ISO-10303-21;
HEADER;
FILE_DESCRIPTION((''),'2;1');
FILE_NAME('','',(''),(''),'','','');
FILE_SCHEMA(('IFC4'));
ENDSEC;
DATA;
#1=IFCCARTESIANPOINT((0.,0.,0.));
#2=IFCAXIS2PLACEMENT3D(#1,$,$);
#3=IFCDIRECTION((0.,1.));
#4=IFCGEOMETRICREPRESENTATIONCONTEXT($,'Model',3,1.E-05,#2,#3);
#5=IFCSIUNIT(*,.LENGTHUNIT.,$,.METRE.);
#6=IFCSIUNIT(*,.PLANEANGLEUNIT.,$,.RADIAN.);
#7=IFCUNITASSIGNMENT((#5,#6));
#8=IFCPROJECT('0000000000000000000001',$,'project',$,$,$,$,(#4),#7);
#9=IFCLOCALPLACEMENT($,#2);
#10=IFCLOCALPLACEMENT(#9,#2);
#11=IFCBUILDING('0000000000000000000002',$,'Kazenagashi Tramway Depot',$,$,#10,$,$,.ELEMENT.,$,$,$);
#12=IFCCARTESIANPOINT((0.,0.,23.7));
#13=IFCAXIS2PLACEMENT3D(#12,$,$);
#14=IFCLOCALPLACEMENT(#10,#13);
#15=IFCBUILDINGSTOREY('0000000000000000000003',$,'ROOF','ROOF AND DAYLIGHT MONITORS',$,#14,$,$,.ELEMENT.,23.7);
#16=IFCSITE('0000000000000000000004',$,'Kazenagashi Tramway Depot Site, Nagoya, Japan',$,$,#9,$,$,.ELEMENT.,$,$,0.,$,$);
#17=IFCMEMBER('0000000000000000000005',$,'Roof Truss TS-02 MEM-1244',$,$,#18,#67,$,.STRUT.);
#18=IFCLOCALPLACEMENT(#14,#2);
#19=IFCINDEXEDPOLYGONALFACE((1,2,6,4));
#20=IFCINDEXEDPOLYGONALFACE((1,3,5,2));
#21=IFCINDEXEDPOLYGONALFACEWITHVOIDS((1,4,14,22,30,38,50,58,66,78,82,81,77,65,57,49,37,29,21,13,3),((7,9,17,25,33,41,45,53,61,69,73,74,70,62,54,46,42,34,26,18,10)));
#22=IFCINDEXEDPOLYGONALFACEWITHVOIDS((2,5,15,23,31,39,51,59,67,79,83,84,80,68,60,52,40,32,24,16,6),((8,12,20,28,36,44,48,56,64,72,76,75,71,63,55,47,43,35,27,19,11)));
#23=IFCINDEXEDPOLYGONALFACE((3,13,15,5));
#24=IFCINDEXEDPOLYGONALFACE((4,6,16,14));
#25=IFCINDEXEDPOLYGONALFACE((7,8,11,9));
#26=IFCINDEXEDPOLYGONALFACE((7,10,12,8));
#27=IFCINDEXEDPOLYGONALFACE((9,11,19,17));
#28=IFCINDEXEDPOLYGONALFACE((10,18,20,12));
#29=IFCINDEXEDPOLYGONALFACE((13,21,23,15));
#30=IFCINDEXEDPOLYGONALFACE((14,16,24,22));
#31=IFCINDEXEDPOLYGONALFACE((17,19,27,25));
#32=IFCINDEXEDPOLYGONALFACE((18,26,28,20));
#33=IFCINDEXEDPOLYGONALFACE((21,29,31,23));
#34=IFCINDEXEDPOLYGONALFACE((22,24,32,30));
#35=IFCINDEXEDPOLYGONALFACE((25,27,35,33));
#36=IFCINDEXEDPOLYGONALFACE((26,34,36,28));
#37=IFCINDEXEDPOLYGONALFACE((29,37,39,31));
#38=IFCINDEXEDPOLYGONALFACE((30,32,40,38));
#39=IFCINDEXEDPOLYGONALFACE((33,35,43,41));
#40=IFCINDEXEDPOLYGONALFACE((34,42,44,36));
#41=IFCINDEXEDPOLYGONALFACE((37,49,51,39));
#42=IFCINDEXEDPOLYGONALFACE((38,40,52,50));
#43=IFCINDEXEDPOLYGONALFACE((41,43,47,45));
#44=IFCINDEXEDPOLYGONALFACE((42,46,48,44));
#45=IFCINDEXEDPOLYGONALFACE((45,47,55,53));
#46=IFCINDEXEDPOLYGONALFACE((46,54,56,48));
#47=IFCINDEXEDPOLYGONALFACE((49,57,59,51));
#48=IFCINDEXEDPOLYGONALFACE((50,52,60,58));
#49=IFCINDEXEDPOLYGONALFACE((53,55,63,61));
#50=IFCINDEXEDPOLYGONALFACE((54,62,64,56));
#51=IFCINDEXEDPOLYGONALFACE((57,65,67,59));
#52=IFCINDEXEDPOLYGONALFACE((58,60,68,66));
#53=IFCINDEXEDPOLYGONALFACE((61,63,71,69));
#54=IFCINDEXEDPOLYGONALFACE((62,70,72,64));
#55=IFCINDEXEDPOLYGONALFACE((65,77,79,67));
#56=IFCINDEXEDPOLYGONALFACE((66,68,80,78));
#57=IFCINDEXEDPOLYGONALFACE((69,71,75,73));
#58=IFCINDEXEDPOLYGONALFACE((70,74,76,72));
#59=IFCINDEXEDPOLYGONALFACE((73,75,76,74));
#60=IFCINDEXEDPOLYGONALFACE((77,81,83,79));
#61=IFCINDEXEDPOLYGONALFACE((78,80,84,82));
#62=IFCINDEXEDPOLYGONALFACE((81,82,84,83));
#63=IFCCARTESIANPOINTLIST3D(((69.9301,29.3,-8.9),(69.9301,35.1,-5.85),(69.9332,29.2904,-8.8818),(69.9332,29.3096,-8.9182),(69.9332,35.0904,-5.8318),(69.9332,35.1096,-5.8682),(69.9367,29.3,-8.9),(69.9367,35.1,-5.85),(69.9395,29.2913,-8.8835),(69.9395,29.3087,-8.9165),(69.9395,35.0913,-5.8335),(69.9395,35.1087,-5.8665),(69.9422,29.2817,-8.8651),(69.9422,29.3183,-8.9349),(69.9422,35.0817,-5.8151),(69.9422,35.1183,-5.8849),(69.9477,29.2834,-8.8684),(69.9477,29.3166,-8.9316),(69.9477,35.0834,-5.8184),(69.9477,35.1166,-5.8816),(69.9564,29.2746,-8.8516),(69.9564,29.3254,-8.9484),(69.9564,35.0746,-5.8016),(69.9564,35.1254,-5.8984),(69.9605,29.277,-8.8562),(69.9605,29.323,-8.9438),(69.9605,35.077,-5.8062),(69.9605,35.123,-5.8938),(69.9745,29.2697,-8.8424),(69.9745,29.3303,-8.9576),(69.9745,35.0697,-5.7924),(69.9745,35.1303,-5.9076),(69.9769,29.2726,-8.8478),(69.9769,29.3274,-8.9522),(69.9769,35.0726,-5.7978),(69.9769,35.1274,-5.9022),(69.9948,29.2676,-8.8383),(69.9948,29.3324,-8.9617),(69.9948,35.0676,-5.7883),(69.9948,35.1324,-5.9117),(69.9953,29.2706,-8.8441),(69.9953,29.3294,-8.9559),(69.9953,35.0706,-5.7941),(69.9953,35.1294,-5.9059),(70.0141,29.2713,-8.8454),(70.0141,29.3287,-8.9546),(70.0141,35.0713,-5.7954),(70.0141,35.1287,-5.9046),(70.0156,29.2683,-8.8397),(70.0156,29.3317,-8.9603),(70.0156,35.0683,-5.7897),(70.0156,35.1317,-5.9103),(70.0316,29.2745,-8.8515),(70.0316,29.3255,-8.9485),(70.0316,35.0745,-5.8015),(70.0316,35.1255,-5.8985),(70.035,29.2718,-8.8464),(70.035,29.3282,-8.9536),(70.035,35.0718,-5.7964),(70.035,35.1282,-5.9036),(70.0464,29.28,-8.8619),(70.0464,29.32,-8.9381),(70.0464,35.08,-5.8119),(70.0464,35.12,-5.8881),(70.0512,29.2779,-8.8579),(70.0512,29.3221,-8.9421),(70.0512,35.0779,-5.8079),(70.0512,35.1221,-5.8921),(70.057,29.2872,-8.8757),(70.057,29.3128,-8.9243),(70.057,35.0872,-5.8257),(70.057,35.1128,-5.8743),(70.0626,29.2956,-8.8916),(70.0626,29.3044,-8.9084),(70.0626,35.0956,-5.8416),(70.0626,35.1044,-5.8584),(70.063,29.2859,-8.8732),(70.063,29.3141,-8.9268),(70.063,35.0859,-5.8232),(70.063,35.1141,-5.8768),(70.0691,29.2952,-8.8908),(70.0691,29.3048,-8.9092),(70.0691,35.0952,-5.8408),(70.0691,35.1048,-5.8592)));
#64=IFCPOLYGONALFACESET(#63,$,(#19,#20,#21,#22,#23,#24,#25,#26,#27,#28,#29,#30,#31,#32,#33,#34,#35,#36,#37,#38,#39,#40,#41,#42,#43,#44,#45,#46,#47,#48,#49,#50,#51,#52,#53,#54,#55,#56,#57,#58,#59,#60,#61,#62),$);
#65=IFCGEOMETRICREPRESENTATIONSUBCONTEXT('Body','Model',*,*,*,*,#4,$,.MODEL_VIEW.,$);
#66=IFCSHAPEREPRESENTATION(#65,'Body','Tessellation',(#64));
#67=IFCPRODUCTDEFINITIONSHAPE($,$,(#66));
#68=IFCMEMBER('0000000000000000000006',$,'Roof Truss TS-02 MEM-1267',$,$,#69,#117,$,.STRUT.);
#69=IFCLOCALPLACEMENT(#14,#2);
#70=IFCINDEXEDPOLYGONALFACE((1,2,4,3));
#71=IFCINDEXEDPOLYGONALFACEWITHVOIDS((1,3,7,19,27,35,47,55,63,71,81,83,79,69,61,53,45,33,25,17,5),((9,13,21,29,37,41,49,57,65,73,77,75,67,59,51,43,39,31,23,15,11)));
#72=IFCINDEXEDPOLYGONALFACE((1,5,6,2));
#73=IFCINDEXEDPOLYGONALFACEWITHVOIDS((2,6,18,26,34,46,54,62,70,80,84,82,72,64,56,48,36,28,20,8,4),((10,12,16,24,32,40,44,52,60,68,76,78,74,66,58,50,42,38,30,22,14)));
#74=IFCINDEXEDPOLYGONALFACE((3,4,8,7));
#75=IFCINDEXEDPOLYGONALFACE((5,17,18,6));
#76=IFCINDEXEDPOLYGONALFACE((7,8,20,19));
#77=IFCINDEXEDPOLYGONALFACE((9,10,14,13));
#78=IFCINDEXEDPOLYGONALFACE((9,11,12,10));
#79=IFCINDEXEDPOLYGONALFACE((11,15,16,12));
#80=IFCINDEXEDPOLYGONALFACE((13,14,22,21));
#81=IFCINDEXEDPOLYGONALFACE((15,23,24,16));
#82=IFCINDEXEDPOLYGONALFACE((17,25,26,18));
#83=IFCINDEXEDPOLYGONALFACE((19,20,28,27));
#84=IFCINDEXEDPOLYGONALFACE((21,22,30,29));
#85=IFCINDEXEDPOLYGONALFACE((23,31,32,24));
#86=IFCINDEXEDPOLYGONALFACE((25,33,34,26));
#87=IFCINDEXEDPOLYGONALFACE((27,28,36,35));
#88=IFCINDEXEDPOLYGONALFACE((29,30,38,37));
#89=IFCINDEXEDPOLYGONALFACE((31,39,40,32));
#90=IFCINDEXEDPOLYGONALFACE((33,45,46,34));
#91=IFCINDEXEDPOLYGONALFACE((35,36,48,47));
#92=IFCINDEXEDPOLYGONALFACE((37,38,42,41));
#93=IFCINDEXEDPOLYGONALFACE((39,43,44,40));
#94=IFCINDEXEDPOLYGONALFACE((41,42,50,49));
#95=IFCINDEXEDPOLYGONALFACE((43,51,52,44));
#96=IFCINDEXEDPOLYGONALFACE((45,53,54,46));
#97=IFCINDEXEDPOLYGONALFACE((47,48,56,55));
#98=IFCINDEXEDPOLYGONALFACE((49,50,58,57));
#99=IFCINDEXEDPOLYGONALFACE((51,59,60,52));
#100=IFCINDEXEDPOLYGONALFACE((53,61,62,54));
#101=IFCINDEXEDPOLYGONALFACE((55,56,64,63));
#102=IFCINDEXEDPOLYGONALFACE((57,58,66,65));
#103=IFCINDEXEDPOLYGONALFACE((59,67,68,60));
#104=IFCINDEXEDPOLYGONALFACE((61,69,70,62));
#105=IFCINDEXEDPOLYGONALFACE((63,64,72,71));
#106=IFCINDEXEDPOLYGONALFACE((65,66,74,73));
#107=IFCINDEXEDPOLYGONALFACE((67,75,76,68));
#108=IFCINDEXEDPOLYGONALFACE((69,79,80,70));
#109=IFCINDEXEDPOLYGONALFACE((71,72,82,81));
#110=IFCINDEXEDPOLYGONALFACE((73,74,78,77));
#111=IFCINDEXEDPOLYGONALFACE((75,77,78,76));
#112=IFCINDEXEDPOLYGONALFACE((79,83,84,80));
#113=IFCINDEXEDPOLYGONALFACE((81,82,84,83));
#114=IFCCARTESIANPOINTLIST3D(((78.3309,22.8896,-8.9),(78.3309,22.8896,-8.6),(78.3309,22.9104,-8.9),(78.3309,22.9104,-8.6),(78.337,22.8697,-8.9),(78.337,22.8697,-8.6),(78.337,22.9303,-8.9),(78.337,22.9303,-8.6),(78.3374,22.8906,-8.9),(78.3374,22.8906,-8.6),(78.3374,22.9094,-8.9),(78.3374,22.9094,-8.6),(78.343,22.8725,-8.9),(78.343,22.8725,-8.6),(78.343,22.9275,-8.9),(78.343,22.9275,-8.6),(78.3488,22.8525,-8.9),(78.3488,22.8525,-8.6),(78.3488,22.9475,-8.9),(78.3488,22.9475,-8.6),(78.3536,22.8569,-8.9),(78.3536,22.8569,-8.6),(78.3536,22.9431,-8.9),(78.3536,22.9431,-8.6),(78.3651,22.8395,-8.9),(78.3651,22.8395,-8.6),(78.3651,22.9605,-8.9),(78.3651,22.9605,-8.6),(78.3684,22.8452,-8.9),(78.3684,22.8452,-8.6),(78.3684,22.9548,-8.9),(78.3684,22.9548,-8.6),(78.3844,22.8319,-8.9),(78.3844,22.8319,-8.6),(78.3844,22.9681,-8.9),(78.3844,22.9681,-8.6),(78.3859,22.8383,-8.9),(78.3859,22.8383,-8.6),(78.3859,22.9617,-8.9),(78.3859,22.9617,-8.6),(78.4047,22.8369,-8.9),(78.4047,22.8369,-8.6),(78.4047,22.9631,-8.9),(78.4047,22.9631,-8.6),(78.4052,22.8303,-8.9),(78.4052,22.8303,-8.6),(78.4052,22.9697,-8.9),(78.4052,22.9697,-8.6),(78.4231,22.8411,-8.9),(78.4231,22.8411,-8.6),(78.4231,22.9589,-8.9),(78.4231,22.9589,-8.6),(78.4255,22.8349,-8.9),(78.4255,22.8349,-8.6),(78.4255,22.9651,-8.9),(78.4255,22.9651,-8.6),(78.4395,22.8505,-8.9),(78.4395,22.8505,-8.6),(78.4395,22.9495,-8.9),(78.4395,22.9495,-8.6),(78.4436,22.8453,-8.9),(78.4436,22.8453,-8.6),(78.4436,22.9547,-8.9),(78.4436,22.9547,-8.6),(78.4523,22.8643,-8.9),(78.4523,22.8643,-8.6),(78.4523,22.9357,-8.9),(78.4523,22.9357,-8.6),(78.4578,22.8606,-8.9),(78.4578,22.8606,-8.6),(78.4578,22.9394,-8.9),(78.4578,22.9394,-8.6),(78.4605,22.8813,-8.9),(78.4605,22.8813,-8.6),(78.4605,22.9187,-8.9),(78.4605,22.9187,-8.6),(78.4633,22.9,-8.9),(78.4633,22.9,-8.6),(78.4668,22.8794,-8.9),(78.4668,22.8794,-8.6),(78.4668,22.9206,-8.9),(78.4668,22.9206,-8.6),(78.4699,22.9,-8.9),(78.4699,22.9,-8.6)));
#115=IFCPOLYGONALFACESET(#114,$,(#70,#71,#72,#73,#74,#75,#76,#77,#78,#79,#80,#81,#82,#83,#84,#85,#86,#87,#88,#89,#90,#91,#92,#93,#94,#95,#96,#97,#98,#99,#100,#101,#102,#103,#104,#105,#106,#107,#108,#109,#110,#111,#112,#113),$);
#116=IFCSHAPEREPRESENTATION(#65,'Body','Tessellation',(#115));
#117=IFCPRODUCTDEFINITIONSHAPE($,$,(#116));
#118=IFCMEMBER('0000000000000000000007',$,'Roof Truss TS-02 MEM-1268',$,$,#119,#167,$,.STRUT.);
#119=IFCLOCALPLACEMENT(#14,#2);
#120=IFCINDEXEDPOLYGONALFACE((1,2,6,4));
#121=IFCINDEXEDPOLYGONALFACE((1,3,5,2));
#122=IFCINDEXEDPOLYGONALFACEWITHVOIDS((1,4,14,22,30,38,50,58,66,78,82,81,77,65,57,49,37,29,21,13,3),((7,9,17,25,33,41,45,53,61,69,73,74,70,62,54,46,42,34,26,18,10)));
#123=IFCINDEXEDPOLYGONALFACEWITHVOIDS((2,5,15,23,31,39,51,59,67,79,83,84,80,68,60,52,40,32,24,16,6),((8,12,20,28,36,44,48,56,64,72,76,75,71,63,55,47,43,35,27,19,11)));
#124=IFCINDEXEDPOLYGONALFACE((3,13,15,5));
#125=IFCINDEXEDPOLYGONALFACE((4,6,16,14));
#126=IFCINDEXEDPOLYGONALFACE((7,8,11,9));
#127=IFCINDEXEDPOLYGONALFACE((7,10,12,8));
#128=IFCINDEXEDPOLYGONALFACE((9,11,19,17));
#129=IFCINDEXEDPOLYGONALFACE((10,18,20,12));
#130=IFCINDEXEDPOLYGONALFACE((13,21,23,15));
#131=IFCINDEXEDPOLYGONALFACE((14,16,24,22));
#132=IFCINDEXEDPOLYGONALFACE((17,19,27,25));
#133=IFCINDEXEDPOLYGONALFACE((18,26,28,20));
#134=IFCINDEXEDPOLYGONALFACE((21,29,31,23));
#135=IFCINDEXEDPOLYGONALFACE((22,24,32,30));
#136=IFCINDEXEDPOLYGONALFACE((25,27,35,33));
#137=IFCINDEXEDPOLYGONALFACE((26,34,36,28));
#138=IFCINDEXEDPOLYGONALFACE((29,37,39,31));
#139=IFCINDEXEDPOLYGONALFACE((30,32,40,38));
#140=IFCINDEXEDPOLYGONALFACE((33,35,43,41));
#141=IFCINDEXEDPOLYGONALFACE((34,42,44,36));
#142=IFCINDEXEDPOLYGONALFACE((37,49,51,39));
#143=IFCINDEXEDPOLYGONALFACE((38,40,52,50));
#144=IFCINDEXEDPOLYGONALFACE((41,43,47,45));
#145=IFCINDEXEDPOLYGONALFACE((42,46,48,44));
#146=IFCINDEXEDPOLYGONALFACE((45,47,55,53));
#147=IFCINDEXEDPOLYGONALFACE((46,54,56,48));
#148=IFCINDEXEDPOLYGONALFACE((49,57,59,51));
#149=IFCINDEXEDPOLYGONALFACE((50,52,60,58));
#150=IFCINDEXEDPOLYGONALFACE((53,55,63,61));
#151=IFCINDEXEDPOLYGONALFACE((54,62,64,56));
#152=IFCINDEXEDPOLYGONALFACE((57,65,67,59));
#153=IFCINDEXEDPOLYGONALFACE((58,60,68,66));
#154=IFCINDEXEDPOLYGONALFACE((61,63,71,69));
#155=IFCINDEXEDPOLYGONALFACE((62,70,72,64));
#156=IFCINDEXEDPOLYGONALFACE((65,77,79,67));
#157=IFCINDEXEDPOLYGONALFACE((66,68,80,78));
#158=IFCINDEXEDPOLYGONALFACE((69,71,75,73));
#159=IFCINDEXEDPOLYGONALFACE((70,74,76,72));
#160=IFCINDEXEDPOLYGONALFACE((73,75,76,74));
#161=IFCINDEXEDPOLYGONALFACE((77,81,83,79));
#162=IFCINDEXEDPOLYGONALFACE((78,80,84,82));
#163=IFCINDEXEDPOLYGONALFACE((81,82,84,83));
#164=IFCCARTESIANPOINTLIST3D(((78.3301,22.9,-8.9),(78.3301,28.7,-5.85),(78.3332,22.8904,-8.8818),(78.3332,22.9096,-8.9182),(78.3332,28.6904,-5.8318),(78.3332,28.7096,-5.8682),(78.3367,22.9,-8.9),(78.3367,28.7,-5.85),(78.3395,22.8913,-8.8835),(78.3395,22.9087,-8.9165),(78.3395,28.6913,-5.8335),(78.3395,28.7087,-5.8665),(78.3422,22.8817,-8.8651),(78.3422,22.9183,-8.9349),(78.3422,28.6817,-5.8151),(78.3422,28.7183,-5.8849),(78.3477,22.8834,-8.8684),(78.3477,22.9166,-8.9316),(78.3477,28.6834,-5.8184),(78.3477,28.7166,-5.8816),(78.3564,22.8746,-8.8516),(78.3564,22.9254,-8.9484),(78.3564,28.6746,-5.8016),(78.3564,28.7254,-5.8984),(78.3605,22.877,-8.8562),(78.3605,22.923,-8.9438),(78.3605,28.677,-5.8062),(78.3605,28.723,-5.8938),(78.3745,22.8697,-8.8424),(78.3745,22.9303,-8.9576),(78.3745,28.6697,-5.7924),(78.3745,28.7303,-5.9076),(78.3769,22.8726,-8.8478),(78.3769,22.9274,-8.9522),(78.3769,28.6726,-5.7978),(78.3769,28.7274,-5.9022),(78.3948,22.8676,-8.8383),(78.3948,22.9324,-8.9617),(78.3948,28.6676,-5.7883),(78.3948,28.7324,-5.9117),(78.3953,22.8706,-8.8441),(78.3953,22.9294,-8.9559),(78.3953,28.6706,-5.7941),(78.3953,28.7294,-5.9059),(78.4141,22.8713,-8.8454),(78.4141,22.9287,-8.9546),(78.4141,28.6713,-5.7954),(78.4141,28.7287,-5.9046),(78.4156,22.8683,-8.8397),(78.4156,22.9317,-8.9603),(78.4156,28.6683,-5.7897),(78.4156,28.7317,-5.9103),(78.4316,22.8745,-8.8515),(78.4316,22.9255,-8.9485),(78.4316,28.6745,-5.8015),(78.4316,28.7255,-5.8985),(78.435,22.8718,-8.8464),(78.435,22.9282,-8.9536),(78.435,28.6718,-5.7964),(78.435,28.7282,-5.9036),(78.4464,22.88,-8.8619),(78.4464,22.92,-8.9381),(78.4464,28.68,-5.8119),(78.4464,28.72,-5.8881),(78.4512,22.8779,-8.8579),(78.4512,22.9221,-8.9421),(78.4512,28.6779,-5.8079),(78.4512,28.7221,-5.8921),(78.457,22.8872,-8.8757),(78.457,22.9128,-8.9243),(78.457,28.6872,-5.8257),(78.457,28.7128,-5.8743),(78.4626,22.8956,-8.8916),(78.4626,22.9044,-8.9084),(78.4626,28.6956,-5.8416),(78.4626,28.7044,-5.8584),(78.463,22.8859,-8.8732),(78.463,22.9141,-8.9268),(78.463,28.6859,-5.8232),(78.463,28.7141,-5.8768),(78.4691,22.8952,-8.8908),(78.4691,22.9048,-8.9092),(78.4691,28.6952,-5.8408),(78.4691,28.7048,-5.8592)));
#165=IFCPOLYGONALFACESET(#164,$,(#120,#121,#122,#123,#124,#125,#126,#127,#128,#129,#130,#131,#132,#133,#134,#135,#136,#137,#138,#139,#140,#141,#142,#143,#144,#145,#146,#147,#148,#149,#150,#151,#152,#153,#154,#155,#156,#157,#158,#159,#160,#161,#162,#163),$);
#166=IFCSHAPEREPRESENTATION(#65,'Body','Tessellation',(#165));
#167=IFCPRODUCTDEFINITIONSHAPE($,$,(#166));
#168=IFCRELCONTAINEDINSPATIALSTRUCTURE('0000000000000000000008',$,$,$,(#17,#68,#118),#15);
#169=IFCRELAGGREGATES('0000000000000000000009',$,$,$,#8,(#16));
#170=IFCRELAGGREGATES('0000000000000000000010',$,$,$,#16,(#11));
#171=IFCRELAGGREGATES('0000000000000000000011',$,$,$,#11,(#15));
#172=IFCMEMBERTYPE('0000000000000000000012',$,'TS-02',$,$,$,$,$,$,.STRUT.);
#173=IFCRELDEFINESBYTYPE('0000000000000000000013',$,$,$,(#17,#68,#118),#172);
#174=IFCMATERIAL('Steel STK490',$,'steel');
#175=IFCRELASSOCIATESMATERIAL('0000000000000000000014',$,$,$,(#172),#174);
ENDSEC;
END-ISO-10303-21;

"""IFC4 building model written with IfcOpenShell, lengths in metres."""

from ifc_helpers import new_model, si_unit, direction, frame, origin, origin_2d, place, context, subcontext, project, spatial, hollow_circle, extrude, material, material_profile, profile_set, type_object, element, save


model = new_model("IFC4")

# Units and contexts
model_context = context("Model", 3, precision=1e-05, world=origin(), true_north=direction((0.0, 1.0)))
body_context = subcontext(model_context, "Body", "Model", "MODEL_VIEW")
ifc_project = project(units=[si_unit("LENGTHUNIT", "METRE"), si_unit("PLANEANGLEUNIT", "RADIAN")], contexts=[model_context])

# Site, building, storey
site_placement = place(None, origin())
site = spatial("IfcSite", under=ifc_project, at=site_placement, Name="Kazenagashi Tramway Depot Site, Nagoya, Japan", CompositionType="ELEMENT", RefElevation=0.0)
building_placement = place(site_placement, origin())
building = spatial("IfcBuilding", under=site, at=building_placement, Name="Kazenagashi Tramway Depot", CompositionType="ELEMENT")
storey_placement = place(building_placement, frame((0.0, 0.0, 23.7)))
storey = spatial("IfcBuildingStorey", under=building, at=storey_placement, Name="ROOF", Description="ROOF AND DAYLIGHT MONITORS", CompositionType="ELEMENT", Elevation=23.7)

# Members
ifc_material_1 = material(Name="Steel STK490", Category="steel")
ifc_material_profile_1 = material_profile(ifc_material_1, hollow_circle(Radius=0.0699, WallThickness=0.0066, at=origin_2d()), Name="CHS-139.8x6.6")
ifc_profile_set_1 = profile_set([ifc_material_profile_1], Name="Steel STK490")
member_type_1 = type_object("IfcMemberType", Name="TS-02", PredefinedType="STRUT", material=ifc_profile_set_1)
member_1_placement = place(storey_placement, frame((70.0, 29.3, -8.9), z_axis=(0.0, 0.885084, 0.465432), x_axis=(-1.0, 0.0, 0.0)))
element("IfcMember", 1, at=member_1_placement, inside=storey, type_object=member_type_1, Name="Roof Truss TS-02 MEM-1244", PredefinedType="STRUT", context=body_context, shape_type="SweptSolid", body=[
    extrude(hollow_circle(Radius=0.0699, WallThickness=0.0066, at=origin_2d()), origin(), (0.0, 0.0, 1.0), 6.5531),
])
member_2_placement = place(storey_placement, frame((78.4, 22.9, -8.9), z_axis=(0.0, 0.0, 1.0), x_axis=(1.0, 0.0, 0.0)))
element("IfcMember", 2, at=member_2_placement, inside=storey, type_object=member_type_1, Name="Roof Truss TS-02 MEM-1267", PredefinedType="STRUT", context=body_context, shape_type="SweptSolid", body=[
    extrude(hollow_circle(Radius=0.0699, WallThickness=0.0066, at=origin_2d()), origin(), (0.0, 0.0, 1.0), 0.3),
])
member_3_placement = place(storey_placement, frame((78.4, 22.9, -8.9), z_axis=(0.0, 0.885084, 0.465432), x_axis=(-1.0, 0.0, 0.0)))
element("IfcMember", 3, at=member_3_placement, inside=storey, type_object=member_type_1, Name="Roof Truss TS-02 MEM-1268", PredefinedType="STRUT", context=body_context, shape_type="SweptSolid", body=[
    extrude(hollow_circle(Radius=0.0699, WallThickness=0.0066, at=origin_2d()), origin(), (0.0, 0.0, 1.0), 6.5531),
])

save(model, "model.ifc")
